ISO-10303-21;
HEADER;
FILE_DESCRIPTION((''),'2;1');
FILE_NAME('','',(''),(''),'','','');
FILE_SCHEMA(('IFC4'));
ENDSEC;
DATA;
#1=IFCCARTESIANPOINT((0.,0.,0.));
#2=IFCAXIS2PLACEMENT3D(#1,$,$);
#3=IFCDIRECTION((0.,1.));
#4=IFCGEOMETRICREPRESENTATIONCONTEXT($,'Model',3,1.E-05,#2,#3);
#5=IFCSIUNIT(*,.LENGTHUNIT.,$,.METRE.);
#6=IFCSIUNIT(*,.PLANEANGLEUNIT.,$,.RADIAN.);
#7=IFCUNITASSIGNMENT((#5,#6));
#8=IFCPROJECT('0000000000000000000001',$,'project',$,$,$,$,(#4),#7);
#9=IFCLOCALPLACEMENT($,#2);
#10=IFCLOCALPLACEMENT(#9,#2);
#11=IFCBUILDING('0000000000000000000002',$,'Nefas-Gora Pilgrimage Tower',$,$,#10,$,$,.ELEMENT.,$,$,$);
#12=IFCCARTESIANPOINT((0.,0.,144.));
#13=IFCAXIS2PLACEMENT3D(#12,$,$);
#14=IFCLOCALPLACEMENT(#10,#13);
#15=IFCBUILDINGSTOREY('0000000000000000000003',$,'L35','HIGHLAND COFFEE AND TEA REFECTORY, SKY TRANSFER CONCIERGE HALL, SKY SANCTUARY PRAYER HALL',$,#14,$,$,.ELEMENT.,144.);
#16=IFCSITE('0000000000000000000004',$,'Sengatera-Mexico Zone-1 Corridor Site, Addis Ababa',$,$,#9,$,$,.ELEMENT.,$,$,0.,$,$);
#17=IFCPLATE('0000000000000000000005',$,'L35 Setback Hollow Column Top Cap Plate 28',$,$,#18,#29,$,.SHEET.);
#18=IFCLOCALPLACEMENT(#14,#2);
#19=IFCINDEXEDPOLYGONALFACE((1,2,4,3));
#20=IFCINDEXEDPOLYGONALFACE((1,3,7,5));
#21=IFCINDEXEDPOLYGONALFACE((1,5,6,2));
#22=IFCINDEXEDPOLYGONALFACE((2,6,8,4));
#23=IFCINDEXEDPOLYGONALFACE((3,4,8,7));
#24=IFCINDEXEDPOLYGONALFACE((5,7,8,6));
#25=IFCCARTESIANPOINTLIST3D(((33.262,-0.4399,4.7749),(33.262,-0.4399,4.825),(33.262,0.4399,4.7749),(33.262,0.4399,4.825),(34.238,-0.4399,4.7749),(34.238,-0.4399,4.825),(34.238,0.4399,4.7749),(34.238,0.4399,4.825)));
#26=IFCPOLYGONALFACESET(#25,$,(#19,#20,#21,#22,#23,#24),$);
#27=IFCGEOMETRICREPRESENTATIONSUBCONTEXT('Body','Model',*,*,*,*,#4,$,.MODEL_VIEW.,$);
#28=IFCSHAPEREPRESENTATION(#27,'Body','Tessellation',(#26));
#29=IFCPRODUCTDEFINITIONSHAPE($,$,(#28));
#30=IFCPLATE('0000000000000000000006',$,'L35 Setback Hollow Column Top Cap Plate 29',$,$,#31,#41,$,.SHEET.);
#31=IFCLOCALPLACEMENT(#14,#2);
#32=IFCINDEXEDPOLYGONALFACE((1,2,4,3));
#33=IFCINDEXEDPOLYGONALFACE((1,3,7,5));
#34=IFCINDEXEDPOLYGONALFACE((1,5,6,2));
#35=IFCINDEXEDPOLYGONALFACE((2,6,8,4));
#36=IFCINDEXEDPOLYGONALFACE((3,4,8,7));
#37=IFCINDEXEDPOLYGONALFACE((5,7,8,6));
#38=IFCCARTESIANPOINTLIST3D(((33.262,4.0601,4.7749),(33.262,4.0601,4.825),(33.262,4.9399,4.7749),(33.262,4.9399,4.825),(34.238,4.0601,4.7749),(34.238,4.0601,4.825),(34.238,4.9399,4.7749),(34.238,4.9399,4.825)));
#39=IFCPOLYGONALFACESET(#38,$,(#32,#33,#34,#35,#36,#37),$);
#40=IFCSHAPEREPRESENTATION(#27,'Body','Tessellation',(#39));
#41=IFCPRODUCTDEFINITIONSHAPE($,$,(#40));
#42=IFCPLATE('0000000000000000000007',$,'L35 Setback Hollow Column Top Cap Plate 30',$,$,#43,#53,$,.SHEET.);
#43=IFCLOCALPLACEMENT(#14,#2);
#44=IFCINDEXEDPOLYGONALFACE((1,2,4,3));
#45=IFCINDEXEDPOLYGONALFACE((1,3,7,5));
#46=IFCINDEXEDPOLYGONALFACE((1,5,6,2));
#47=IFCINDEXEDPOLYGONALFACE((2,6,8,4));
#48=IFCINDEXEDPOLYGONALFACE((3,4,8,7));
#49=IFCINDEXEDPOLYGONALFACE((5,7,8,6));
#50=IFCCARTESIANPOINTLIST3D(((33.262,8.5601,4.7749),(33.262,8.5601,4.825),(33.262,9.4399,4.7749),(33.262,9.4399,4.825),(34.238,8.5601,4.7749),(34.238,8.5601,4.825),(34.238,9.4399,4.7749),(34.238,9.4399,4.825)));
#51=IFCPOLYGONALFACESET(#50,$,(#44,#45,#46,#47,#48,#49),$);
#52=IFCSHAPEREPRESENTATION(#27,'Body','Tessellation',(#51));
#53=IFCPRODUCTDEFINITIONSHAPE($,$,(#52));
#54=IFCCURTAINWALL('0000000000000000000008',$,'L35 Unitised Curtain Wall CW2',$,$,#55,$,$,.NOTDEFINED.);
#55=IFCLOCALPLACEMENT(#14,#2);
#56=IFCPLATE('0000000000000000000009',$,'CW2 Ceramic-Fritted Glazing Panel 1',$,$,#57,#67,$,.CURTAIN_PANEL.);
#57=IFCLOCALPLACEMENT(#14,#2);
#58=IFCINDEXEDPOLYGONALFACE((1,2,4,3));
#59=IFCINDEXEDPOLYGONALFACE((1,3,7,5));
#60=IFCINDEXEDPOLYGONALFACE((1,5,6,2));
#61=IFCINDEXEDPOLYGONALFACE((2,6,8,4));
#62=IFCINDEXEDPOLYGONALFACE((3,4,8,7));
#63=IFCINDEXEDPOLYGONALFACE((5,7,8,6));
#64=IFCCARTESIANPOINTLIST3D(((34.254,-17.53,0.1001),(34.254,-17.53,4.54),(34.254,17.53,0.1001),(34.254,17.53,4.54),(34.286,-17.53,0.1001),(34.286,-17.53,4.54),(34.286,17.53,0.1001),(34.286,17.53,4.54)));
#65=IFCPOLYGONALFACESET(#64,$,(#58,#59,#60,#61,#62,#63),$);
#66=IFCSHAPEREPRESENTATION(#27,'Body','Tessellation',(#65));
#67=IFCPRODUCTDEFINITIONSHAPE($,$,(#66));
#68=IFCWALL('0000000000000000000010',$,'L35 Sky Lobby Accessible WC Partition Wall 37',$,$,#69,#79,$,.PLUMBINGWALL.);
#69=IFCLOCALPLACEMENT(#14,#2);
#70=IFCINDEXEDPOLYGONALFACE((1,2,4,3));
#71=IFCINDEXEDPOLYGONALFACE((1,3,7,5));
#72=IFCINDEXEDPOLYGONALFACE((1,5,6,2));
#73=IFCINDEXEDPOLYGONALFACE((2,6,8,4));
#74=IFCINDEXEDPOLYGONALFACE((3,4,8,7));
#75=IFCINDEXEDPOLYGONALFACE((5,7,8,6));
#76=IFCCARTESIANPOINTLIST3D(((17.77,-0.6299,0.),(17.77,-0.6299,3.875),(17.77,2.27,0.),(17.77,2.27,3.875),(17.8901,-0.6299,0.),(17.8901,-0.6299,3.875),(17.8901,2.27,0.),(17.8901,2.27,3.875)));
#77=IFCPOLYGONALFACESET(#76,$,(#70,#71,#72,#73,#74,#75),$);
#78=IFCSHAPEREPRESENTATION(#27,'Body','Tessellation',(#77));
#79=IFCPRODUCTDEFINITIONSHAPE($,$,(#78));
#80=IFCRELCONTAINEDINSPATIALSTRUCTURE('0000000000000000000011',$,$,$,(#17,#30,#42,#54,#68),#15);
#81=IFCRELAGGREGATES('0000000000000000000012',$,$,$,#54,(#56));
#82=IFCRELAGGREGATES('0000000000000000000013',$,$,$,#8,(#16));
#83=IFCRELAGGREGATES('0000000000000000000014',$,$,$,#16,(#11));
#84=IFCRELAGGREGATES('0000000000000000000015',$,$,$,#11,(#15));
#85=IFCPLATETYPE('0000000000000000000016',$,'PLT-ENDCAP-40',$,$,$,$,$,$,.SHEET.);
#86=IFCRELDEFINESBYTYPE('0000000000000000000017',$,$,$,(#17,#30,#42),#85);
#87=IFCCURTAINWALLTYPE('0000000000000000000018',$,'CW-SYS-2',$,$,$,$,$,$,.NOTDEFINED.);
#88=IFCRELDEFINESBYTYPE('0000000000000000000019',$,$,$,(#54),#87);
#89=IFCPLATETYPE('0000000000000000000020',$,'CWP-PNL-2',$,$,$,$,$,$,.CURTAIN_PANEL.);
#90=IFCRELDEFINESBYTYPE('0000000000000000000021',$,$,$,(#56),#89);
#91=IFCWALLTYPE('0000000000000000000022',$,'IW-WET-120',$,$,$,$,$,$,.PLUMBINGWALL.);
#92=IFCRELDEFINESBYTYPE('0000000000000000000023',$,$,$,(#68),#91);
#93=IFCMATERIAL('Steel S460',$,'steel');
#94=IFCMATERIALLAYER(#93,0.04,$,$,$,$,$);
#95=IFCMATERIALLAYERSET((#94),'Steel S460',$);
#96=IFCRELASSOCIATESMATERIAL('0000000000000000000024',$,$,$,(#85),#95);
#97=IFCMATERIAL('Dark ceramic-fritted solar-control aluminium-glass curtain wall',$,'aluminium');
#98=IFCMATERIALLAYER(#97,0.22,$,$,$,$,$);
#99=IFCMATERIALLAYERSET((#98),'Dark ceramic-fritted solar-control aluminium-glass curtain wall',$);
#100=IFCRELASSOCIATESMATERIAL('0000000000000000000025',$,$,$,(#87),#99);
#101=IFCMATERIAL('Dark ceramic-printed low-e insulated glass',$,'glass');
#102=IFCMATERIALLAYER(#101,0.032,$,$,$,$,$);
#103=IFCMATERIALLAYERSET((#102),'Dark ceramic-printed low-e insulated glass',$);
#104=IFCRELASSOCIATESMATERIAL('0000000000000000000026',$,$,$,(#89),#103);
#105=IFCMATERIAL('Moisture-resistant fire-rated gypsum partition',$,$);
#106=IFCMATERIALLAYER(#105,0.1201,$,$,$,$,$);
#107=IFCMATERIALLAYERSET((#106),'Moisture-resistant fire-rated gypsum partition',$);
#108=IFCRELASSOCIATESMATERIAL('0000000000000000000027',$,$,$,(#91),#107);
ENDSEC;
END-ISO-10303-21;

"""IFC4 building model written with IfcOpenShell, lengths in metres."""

from ifc_helpers import new_model, si_unit, direction, frame, frame_2d, origin, origin_2d, place, context, subcontext, project, spatial, rectangle, extrude, source, transform, mapped, material, layer, layer_set, type_object, element, aggregate, save


model = new_model("IFC4")

# Units and contexts
model_context = context("Model", 3, precision=1e-05, world=origin(), true_north=direction((0.0, 1.0)))
body_context = subcontext(model_context, "Body", "Model", "MODEL_VIEW")
ifc_project = project(units=[si_unit("LENGTHUNIT", "METRE"), si_unit("PLANEANGLEUNIT", "RADIAN")], contexts=[model_context])

# Site, building, storey
site_placement = place(None, origin())
site = spatial("IfcSite", under=ifc_project, at=site_placement, Name="Sengatera-Mexico Zone-1 Corridor Site, Addis Ababa", CompositionType="ELEMENT", RefElevation=0.0)
building_placement = place(site_placement, origin())
building = spatial("IfcBuilding", under=site, at=building_placement, Name="Nefas-Gora Pilgrimage Tower", CompositionType="ELEMENT")
storey_placement = place(building_placement, frame((0.0, 0.0, 144.0)))
storey = spatial("IfcBuildingStorey", under=building, at=storey_placement, Name="L35", Description="HIGHLAND COFFEE AND TEA REFECTORY, SKY TRANSFER CONCIERGE HALL, SKY SANCTUARY PRAYER HALL", CompositionType="ELEMENT", Elevation=144.0)

# Shared definitions
ifc_material_1 = material(Name="Steel S460", Category="steel")

# Plates
ifc_layer_1 = layer(ifc_material_1, 0.04)
ifc_layer_set_1 = layer_set([ifc_layer_1], Name="Steel S460")
plate_type_1 = type_object("IfcPlateType", Name="PLT-ENDCAP-40", PredefinedType="SHEET", material=ifc_layer_set_1)
shared_shape_1 = source(origin(), body_context, "Body", "SweptSolid", [
    extrude(rectangle(XDim=0.9761, YDim=0.8799, at=origin_2d()), origin(), (0.0, 0.0, 1.0), 0.05),
])
for number, where, z_axis, x_axis, name in (
    (1, (33.75, 0.0, 4.7749), (0.0, 0.0, 1.0), (1.0, 0.0, 0.0), "L35 Setback Hollow Column Top Cap Plate 28"),
    (2, (33.75, 4.5, 4.7749), (0.0, 0.0, 1.0), (1.0, 0.0, 0.0), "L35 Setback Hollow Column Top Cap Plate 29"),
    (3, (33.75, 9.0, 4.7749), (0.0, 0.0, 1.0), (1.0, 0.0, 0.0), "L35 Setback Hollow Column Top Cap Plate 30"),
):
    element("IfcPlate", number, at=place(storey_placement, frame(where, z_axis=z_axis, x_axis=x_axis)), inside=storey, type_object=plate_type_1, Name=name, PredefinedType="SHEET", context=body_context, shape_type="MappedRepresentation", body=[
        mapped(shared_shape_1, transform((0.0, 0.0, 0.0), x_axis=(1.0, 0.0, 0.0), y_axis=(0.0, 1.0, 0.0), z_axis=(0.0, 0.0, 1.0), scale=1.0)),
    ])

# Curtain wall, plate
ifc_material_2 = material(Name="Dark ceramic-fritted solar-control aluminium-glass curtain wall", Category="aluminium")
ifc_layer_2 = layer(ifc_material_2, 0.22)
ifc_layer_set_2 = layer_set([ifc_layer_2], Name="Dark ceramic-fritted solar-control aluminium-glass curtain wall")
curtain_wall_type = type_object("IfcCurtainWallType", Name="CW-SYS-2", PredefinedType="NOTDEFINED", material=ifc_layer_set_2)
curtain_wall_placement = place(storey_placement, origin())
curtain_wall = element("IfcCurtainWall", 4, at=curtain_wall_placement, inside=storey, type_object=curtain_wall_type, Name="L35 Unitised Curtain Wall CW2", PredefinedType="NOTDEFINED")
ifc_material_3 = material(Name="Dark ceramic-printed low-e insulated glass", Category="glass")
ifc_layer_3 = layer(ifc_material_3, 0.032)
ifc_layer_set_3 = layer_set([ifc_layer_3], Name="Dark ceramic-printed low-e insulated glass")
plate_type_2 = type_object("IfcPlateType", Name="CWP-PNL-2", PredefinedType="CURTAIN_PANEL", material=ifc_layer_set_3)
shared_shape_2 = source(origin(), body_context, "Body", "SweptSolid", [
    extrude(rectangle(XDim=35.0601, YDim=0.032, at=origin_2d()), origin(), (0.0, 0.0, 1.0), 4.4399),
])
plate_placement = place(storey_placement, frame((34.27, 0.0, 0.1001), z_axis=(0.0, 0.0, 1.0), x_axis=(0.0, 1.0, 0.0)))
plate = element("IfcPlate", 5, at=plate_placement, type_object=plate_type_2, Name="CW2 Ceramic-Fritted Glazing Panel 1", PredefinedType="CURTAIN_PANEL", context=body_context, shape_type="MappedRepresentation", body=[
    mapped(shared_shape_2, transform((0.0, 0.0, 0.0), x_axis=(1.0, 0.0, 0.0), y_axis=(0.0, 1.0, 0.0), z_axis=(0.0, 0.0, 1.0), scale=1.0)),
])
aggregate(curtain_wall, [plate])

# Wall
ifc_material_4 = material(Name="Moisture-resistant fire-rated gypsum partition")
ifc_layer_4 = layer(ifc_material_4, 0.1201)
ifc_layer_set_4 = layer_set([ifc_layer_4], Name="Moisture-resistant fire-rated gypsum partition")
wall_type = type_object("IfcWallType", Name="IW-WET-120", PredefinedType="PLUMBINGWALL", material=ifc_layer_set_4)
shared_shape_3 = source(origin(), body_context, "Body", "SweptSolid", [
    extrude(rectangle(XDim=2.8999, YDim=0.1201, at=frame_2d((1.45, 0.0))), origin(), (0.0, 0.0, 1.0), 3.875),
])
wall_placement = place(storey_placement, frame((17.8301, -0.6299, 0.0), z_axis=(0.0, 0.0, 1.0), x_axis=(0.0, 1.0, 0.0)))
element("IfcWall", 6, at=wall_placement, inside=storey, type_object=wall_type, Name="L35 Sky Lobby Accessible WC Partition Wall 37", PredefinedType="PLUMBINGWALL", context=body_context, shape_type="MappedRepresentation", body=[
    mapped(shared_shape_3, transform((0.0, 0.0, 0.0), x_axis=(1.0, 0.0, 0.0), y_axis=(0.0, 1.0, 0.0), z_axis=(0.0, 0.0, 1.0), scale=1.0)),
])

save(model, "model.ifc")
